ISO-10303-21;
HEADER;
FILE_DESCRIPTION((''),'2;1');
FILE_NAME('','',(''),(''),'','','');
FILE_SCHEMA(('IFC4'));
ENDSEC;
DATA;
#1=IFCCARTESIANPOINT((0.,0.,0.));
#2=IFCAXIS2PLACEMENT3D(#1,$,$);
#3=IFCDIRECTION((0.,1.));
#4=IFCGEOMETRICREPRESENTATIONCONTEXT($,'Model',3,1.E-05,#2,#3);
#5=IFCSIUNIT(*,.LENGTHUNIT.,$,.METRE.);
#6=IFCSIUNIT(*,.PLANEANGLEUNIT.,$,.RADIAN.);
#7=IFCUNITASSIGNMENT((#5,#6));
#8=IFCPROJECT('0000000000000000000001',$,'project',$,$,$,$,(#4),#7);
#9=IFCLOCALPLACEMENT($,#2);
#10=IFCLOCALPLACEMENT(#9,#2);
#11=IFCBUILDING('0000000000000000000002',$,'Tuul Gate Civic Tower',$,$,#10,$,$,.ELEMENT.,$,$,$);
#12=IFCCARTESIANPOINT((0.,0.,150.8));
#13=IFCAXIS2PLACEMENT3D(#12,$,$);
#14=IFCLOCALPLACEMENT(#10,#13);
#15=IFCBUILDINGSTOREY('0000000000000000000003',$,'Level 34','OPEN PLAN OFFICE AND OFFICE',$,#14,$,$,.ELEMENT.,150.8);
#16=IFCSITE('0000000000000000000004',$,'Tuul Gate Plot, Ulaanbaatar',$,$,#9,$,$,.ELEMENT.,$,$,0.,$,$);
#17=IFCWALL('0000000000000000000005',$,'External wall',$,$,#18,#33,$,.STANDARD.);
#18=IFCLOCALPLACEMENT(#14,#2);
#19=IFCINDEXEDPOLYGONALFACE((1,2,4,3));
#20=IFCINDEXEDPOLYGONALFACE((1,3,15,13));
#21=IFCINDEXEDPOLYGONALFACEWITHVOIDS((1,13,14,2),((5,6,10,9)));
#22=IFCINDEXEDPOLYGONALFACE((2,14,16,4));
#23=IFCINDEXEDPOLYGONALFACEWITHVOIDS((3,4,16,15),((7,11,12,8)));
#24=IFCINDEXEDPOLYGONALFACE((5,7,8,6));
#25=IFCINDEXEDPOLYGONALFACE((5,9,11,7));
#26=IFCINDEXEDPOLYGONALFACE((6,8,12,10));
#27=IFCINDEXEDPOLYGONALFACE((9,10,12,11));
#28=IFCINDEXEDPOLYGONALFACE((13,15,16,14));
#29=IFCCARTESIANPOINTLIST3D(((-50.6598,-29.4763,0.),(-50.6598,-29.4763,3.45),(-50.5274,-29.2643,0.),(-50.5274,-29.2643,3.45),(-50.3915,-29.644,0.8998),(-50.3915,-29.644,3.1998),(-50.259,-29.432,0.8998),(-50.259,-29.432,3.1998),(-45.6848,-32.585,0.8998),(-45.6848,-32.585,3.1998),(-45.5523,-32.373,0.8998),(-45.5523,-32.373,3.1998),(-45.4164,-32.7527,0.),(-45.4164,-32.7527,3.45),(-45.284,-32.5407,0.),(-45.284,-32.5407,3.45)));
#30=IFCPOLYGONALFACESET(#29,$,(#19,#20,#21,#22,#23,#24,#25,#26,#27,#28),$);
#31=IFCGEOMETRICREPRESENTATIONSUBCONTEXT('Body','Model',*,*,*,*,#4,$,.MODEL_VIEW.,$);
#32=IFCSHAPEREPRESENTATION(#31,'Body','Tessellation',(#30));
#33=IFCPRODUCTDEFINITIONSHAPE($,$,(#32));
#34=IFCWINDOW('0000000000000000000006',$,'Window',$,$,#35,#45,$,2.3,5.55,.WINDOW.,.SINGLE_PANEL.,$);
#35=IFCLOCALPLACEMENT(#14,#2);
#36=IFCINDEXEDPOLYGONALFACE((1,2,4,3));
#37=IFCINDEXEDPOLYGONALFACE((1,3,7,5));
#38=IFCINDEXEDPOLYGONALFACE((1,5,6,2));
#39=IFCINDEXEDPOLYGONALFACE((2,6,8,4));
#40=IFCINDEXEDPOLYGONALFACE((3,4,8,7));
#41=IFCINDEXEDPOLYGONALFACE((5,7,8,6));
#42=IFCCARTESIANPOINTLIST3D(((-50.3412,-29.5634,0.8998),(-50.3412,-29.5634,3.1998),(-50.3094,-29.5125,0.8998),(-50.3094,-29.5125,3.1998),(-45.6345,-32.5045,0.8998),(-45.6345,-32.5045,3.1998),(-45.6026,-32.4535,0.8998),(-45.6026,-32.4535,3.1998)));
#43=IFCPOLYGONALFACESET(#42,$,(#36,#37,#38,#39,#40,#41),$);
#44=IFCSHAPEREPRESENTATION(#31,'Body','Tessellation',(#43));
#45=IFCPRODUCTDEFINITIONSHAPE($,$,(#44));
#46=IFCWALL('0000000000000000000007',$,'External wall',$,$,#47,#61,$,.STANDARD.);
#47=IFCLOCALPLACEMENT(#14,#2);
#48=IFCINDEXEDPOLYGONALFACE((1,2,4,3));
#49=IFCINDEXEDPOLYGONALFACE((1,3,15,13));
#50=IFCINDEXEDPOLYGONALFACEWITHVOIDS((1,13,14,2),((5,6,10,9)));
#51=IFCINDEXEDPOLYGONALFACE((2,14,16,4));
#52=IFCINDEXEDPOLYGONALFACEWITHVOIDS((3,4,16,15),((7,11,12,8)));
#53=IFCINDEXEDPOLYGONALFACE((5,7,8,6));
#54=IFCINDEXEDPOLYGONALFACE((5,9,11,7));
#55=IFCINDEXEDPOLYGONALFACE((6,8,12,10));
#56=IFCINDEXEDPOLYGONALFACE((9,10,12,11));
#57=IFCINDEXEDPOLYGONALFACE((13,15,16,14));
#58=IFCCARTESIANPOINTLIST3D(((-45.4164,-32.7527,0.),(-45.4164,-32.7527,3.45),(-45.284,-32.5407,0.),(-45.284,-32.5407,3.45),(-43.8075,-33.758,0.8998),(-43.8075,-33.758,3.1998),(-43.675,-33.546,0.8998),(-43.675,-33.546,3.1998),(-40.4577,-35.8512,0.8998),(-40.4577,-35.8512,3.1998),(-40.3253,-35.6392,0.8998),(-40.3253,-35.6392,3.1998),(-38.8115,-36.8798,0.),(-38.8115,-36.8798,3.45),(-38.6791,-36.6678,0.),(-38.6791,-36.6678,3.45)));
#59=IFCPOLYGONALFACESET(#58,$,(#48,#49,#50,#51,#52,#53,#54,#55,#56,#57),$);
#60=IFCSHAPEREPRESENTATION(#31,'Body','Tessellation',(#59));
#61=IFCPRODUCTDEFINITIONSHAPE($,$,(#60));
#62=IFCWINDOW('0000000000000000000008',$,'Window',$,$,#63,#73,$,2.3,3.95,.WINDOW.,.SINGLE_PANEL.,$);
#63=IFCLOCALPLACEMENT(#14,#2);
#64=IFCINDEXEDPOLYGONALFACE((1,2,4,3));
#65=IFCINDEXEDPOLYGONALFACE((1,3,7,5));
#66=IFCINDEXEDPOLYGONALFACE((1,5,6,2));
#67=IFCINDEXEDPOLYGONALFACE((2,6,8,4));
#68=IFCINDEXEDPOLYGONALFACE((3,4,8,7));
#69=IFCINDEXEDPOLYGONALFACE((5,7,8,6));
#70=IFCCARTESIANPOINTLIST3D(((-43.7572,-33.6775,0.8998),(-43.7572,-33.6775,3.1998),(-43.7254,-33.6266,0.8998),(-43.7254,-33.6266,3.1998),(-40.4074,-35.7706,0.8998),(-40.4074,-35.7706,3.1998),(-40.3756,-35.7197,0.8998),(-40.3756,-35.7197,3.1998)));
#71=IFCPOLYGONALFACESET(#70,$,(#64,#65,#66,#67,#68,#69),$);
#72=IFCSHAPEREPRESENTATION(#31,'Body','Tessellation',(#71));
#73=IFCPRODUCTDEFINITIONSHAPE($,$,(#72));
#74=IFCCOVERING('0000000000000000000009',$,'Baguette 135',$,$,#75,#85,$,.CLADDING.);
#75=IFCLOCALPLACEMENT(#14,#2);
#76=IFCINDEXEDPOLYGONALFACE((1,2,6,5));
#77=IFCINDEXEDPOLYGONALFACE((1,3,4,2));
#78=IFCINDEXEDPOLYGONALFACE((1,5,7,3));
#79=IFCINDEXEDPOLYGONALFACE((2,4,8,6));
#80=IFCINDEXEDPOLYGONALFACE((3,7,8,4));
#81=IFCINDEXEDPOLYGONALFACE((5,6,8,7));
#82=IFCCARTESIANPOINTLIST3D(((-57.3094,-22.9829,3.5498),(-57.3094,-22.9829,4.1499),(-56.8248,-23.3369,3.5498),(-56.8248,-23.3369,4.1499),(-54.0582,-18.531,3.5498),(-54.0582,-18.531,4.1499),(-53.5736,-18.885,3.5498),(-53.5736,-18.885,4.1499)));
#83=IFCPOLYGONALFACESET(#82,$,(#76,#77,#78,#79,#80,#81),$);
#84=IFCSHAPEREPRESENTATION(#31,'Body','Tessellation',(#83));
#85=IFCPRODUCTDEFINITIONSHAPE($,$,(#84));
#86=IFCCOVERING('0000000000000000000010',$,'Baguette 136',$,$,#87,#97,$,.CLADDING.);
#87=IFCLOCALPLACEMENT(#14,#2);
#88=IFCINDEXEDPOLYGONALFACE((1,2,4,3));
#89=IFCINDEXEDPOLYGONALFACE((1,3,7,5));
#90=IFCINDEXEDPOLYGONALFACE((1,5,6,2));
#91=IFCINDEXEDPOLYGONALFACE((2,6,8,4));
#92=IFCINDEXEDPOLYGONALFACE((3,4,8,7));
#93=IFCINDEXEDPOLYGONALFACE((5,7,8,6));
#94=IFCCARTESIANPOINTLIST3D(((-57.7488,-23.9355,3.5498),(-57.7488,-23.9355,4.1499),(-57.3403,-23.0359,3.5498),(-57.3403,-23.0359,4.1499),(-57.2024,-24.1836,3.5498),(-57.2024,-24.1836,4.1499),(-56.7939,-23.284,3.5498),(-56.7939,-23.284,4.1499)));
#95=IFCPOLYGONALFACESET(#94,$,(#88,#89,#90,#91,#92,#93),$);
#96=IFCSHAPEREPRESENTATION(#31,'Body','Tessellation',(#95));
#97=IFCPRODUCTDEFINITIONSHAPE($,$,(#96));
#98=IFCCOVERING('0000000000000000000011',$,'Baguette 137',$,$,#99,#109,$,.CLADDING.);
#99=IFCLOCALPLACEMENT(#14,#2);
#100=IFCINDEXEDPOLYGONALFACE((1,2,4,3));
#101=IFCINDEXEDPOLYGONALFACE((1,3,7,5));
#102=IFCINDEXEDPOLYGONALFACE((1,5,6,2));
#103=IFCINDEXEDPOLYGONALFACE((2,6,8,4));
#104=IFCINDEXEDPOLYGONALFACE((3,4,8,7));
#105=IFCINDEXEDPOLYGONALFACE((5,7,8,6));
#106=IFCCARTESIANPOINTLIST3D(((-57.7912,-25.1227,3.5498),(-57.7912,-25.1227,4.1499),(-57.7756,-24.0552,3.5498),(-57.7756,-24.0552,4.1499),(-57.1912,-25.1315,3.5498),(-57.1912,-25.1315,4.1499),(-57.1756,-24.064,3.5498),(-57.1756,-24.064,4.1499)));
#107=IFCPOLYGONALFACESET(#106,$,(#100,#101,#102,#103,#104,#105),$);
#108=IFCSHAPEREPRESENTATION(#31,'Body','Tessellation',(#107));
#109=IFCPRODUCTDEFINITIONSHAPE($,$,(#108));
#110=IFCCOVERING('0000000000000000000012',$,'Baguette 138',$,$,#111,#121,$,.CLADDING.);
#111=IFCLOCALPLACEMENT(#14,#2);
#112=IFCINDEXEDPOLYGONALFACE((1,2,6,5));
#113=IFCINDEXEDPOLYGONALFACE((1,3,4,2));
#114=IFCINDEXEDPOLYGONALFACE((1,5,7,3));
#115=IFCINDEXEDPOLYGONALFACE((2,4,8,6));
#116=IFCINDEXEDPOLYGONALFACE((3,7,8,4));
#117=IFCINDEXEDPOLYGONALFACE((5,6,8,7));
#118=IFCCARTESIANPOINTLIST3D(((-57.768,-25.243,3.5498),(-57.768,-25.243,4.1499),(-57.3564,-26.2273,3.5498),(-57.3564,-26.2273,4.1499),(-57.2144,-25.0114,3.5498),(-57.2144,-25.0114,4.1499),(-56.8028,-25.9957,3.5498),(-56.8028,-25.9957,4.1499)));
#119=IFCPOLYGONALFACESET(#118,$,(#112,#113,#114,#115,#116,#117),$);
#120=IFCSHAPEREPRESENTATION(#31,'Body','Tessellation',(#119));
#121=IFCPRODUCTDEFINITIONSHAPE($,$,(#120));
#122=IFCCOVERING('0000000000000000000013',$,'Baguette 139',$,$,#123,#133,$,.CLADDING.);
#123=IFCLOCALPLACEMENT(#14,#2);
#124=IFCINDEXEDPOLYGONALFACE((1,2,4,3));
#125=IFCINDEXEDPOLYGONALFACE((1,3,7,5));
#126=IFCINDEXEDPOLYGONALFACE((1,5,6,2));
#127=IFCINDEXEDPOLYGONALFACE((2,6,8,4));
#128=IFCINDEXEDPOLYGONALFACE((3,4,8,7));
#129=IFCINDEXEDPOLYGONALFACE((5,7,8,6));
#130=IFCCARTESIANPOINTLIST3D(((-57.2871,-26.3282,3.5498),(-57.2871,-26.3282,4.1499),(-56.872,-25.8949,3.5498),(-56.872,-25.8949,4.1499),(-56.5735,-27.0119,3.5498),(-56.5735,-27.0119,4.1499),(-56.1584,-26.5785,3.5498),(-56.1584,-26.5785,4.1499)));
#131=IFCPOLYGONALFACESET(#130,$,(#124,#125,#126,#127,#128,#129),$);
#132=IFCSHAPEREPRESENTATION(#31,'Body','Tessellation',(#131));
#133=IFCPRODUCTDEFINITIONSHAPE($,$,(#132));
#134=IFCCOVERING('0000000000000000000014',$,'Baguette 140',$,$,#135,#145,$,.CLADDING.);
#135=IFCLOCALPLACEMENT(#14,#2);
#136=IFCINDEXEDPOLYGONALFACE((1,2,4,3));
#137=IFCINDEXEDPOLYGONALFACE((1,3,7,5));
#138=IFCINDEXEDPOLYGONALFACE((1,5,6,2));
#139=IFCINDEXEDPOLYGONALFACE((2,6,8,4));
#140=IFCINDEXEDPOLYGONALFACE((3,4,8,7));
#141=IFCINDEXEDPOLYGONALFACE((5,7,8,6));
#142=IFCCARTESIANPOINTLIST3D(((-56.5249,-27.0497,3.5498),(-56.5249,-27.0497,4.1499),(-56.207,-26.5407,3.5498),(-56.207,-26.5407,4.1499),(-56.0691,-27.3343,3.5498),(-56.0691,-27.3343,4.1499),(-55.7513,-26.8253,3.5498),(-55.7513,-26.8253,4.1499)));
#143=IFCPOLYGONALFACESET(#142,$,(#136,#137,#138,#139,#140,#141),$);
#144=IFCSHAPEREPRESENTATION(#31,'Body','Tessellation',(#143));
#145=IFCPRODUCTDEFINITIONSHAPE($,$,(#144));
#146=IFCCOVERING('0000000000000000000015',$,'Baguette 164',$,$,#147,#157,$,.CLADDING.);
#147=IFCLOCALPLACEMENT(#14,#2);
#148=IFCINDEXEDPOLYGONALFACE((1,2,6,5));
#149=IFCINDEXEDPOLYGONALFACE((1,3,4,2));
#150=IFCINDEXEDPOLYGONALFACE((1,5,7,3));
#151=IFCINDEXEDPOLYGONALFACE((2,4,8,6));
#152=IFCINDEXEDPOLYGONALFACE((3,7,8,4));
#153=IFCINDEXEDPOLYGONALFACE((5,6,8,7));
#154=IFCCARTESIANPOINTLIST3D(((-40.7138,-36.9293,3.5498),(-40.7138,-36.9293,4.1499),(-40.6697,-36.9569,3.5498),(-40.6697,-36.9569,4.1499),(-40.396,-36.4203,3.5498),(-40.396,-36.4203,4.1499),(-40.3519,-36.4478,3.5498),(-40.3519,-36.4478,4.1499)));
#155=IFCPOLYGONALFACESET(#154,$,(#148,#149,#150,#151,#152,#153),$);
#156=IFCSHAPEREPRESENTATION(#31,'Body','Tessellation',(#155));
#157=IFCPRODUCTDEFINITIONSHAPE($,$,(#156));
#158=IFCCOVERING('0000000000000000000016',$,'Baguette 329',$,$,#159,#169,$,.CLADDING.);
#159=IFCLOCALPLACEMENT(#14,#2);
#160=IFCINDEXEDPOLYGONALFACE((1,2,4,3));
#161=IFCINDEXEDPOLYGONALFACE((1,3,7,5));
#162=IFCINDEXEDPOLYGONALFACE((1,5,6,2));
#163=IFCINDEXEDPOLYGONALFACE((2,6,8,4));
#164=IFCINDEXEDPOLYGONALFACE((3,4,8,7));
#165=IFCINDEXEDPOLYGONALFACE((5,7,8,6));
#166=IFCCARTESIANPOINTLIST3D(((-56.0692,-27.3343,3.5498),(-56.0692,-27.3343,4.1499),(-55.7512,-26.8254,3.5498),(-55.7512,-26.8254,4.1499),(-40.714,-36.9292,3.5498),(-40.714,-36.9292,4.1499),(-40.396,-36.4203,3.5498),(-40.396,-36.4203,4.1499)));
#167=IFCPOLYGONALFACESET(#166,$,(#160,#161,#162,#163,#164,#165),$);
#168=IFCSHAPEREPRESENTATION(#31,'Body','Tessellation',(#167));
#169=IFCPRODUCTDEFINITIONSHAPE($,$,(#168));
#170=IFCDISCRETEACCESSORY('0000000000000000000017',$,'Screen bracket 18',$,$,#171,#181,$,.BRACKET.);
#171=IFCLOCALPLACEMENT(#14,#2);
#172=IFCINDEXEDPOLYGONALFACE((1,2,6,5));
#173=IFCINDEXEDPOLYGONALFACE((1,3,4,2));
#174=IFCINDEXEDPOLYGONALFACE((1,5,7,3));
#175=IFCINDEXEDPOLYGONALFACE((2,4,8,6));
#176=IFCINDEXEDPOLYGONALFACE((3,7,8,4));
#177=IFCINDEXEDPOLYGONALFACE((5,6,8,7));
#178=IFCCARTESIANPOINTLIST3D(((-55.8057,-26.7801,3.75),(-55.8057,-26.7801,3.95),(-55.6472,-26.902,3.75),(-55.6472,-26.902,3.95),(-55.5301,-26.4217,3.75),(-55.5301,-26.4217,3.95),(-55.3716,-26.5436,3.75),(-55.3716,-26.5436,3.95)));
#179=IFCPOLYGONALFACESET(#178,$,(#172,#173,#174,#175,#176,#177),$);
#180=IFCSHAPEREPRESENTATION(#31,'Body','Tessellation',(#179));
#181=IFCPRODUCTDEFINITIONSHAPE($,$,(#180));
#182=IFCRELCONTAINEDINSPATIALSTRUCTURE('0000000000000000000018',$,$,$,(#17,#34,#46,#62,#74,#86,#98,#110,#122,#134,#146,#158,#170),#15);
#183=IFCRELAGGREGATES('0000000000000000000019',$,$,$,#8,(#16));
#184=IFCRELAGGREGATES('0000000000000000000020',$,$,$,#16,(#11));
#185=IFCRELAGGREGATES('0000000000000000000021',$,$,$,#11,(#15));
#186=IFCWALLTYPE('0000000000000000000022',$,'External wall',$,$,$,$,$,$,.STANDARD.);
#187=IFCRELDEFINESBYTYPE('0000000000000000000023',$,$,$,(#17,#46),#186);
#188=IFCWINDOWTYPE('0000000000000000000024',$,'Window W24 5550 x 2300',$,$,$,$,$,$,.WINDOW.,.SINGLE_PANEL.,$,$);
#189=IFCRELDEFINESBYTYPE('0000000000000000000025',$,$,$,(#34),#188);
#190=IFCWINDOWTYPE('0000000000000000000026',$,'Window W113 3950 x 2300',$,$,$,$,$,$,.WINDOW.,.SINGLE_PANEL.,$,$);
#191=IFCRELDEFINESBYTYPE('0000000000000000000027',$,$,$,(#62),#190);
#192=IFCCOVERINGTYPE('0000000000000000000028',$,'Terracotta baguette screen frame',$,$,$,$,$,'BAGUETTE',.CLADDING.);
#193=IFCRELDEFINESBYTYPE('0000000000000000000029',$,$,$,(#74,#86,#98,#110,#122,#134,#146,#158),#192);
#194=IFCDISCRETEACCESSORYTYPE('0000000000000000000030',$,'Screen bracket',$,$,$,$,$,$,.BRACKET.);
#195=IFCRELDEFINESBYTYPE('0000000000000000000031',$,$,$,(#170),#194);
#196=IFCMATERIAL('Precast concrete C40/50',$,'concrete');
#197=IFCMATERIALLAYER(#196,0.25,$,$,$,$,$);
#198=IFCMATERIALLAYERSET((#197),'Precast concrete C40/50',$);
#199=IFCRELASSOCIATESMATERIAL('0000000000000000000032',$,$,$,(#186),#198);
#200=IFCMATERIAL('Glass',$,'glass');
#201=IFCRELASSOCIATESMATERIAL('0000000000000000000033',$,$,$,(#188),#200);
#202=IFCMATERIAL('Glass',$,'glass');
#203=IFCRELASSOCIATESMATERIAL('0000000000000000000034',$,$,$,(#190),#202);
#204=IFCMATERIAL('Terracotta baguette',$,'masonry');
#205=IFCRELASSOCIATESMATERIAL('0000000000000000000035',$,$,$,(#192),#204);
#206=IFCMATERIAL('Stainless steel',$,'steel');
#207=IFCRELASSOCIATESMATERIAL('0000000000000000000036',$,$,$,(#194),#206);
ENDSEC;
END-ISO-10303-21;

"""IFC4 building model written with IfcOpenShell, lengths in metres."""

from ifc_helpers import new_model, si_unit, direction, frame, frame_2d, origin, origin_2d, place, context, subcontext, project, spatial, rectangle, extrude, material, layer, layer_set, material_profile, profile_set, type_object, element, fill, save


model = new_model("IFC4")

# Units and contexts
model_context = context("Model", 3, precision=1e-05, world=origin(), true_north=direction((0.0, 1.0)))
body_context = subcontext(model_context, "Body", "Model", "MODEL_VIEW")
ifc_project = project(units=[si_unit("LENGTHUNIT", "METRE"), si_unit("PLANEANGLEUNIT", "RADIAN")], contexts=[model_context])

# Site, building, storey
site_placement = place(None, origin())
site = spatial("IfcSite", under=ifc_project, at=site_placement, Name="Tuul Gate Plot, Ulaanbaatar", CompositionType="ELEMENT", RefElevation=0.0)
building_placement = place(site_placement, origin())
building = spatial("IfcBuilding", under=site, at=building_placement, Name="Tuul Gate Civic Tower", CompositionType="ELEMENT")
storey_placement = place(building_placement, frame((0.0, 0.0, 150.8)))
storey = spatial("IfcBuildingStorey", under=building, at=storey_placement, Name="Level 34", Description="OPEN PLAN OFFICE AND OFFICE", CompositionType="ELEMENT", Elevation=150.8)

# Shared definitions
ifc_material_1 = material(Name="Precast concrete C40/50", Category="concrete")
ifc_layer = layer(ifc_material_1, 0.25)
ifc_layer_set = layer_set([ifc_layer], Name="Precast concrete C40/50")
wall_type = type_object("IfcWallType", Name="External wall", PredefinedType="STANDARD", material=ifc_layer_set)

# Walls, openings, windows
ifc_material_2 = material(Name="Glass", Category="glass")
window_type_1 = type_object("IfcWindowType", Name="Window W24 5550 x 2300", PartitioningType="SINGLE_PANEL", PredefinedType="WINDOW", material=ifc_material_2)
wall_1_placement = place(storey_placement, frame((-50.5935, -29.3704, 0.0), z_axis=(0.0, 0.0, 1.0), x_axis=(0.848054, -0.52991, 0.0)))
wall_1 = element("IfcWall", 1, at=wall_1_placement, inside=storey, type_object=wall_type, Name="External wall", PredefinedType="STANDARD", context=body_context, shape_type="SweptSolid", body=[
    extrude(rectangle(XDim=6.1829, YDim=0.25, at=frame_2d((3.0913, 0.0))), origin(), (0.0, 0.0, 1.0), 3.45),
])
opening_1_placement = place(wall_1_placement, frame((0.3164, 0.0, 0.8999)))
opening_1 = element("IfcOpeningElement", 2, at=opening_1_placement, cuts=wall_1, PredefinedType="OPENING", context=body_context, shape_type="SweptSolid", body=[
    extrude(rectangle(XDim=5.55, YDim=2.3, at=frame_2d((2.7749, 1.1499))), frame((0.0, 0.135, 0.0), z_axis=(0.0, -1.0, 0.0), x_axis=(1.0, 0.0, 0.0)), (0.0, 0.0, 1.0), 0.27),
])
window_1_placement = place(opening_1_placement, origin())
window_1 = element("IfcWindow", 3, at=window_1_placement, inside=storey, type_object=window_type_1, Name="Window", OverallHeight=2.3, OverallWidth=5.55, PartitioningType="SINGLE_PANEL", PredefinedType="WINDOW", context=body_context, shape_type="SweptSolid", body=[
    extrude(rectangle(XDim=5.55, YDim=2.3, at=frame_2d((2.7749, 1.1499))), frame((0.0, 0.03, 0.0), z_axis=(0.0, -1.0, 0.0), x_axis=(1.0, 0.0, 0.0)), (0.0, 0.0, 1.0), 0.0601),
])
fill(opening_1, window_1)
wall_2_placement = place(storey_placement, frame((-45.3501, -32.6467, 0.0), z_axis=(0.0, 0.0, 1.0), x_axis=(0.848051, -0.529914, 0.0)))
wall_2 = element("IfcWall", 4, at=wall_2_placement, inside=storey, type_object=wall_type, Name="External wall", PredefinedType="STANDARD", context=body_context, shape_type="SweptSolid", body=[
    extrude(rectangle(XDim=7.7883, YDim=0.25, at=frame_2d((3.894, 0.0))), origin(), (0.0, 0.0, 1.0), 3.45),
])
opening_2_placement = place(wall_2_placement, frame((1.897, 0.0, 0.8999)))
opening_2 = element("IfcOpeningElement", 5, at=opening_2_placement, cuts=wall_2, PredefinedType="OPENING", context=body_context, shape_type="SweptSolid", body=[
    extrude(rectangle(XDim=3.95, YDim=2.3, at=frame_2d((1.9751, 1.1499))), frame((0.0, 0.135, 0.0), z_axis=(0.0, -1.0, 0.0), x_axis=(1.0, 0.0, 0.0)), (0.0, 0.0, 1.0), 0.27),
])
ifc_material_3 = material(Name="Glass", Category="glass")
window_type_2 = type_object("IfcWindowType", Name="Window W113 3950 x 2300", PartitioningType="SINGLE_PANEL", PredefinedType="WINDOW", material=ifc_material_3)
window_2_placement = place(opening_2_placement, origin())
window_2 = element("IfcWindow", 6, at=window_2_placement, inside=storey, type_object=window_type_2, Name="Window", OverallHeight=2.3, OverallWidth=3.95, PartitioningType="SINGLE_PANEL", PredefinedType="WINDOW", context=body_context, shape_type="SweptSolid", body=[
    extrude(rectangle(XDim=3.95, YDim=2.3, at=frame_2d((1.9751, 1.1499))), frame((0.0, 0.03, 0.0), z_axis=(0.0, -1.0, 0.0), x_axis=(1.0, 0.0, 0.0)), (0.0, 0.0, 1.0), 0.0601),
])
fill(opening_2, window_2)

# Coverings
ifc_material_4 = material(Name="Terracotta baguette", Category="masonry")
ifc_material_profile_1 = material_profile(ifc_material_4, rectangle(XDim=0.6001, YDim=0.6001, at=origin_2d()), Name="Terracotta baguette screen frame")
ifc_profile_set_1 = profile_set([ifc_material_profile_1], Name="Terracotta baguette")
covering_type = type_object("IfcCoveringType", Name="Terracotta baguette screen frame", ElementType="BAGUETTE", PredefinedType="CLADDING", material=ifc_profile_set_1)
covering_1_placement = place(storey_placement, frame((-53.8159, -18.708, 3.8499), z_axis=(-0.589769, -0.807572, 0.0), x_axis=(0.807572, -0.589769, 0.0)))
element("IfcCovering", 7, at=covering_1_placement, inside=storey, type_object=covering_type, Name="Baguette 135", PredefinedType="CLADDING", context=body_context, shape_type="SweptSolid", body=[
    extrude(rectangle(XDim=0.6001, YDim=0.6001, at=origin_2d()), origin(), (0.0, 0.0, 1.0), 5.5127),
])
covering_2_placement = place(storey_placement, frame((-57.0671, -23.1599, 3.8499), z_axis=(-0.413393, -0.910553, 0.0), x_axis=(0.910553, -0.413393, 0.0)))
element("IfcCovering", 8, at=covering_2_placement, inside=storey, type_object=covering_type, Name="Baguette 136", PredefinedType="CLADDING", context=body_context, shape_type="SweptSolid", body=[
    extrude(rectangle(XDim=0.6001, YDim=0.6001, at=origin_2d()), origin(), (0.0, 0.0, 1.0), 0.988),
])
covering_3_placement = place(storey_placement, frame((-57.4756, -24.0596, 3.8499), z_axis=(-0.014634, -0.999893, 0.0), x_axis=(0.999893, -0.014634, 0.0)))
element("IfcCovering", 9, at=covering_3_placement, inside=storey, type_object=covering_type, Name="Baguette 137", PredefinedType="CLADDING", context=body_context, shape_type="SweptSolid", body=[
    extrude(rectangle(XDim=0.6001, YDim=0.6001, at=origin_2d()), origin(), (0.0, 0.0, 1.0), 1.0676),
])
covering_4_placement = place(storey_placement, frame((-57.4912, -25.1272, 3.8499), z_axis=(0.385785, -0.922589, 0.0), x_axis=(0.922589, 0.385785, 0.0)))
element("IfcCovering", 10, at=covering_4_placement, inside=storey, type_object=covering_type, Name="Baguette 138", PredefinedType="CLADDING", context=body_context, shape_type="SweptSolid", body=[
    extrude(rectangle(XDim=0.6001, YDim=0.6001, at=origin_2d()), origin(), (0.0, 0.0, 1.0), 1.0669),
])
covering_5_placement = place(storey_placement, frame((-57.0796, -26.1116, 3.8499), z_axis=(0.722137, -0.69175, 0.0), x_axis=(0.69175, 0.722137, 0.0)))
element("IfcCovering", 11, at=covering_5_placement, inside=storey, type_object=covering_type, Name="Baguette 139", PredefinedType="CLADDING", context=body_context, shape_type="SweptSolid", body=[
    extrude(rectangle(XDim=0.6001, YDim=0.6001, at=origin_2d()), origin(), (0.0, 0.0, 1.0), 0.9883),
])
covering_6_placement = place(storey_placement, frame((-56.366, -26.7952, 3.8499), z_axis=(0.848177, -0.529713, 0.0), x_axis=(0.529713, 0.848177, 0.0)))
element("IfcCovering", 12, at=covering_6_placement, inside=storey, type_object=covering_type, Name="Baguette 140", PredefinedType="CLADDING", context=body_context, shape_type="SweptSolid", body=[
    extrude(rectangle(XDim=0.6001, YDim=0.6001, at=origin_2d()), origin(), (0.0, 0.0, 1.0), 0.5374),
])
covering_7_placement = place(storey_placement, frame((-40.5549, -36.6748, 3.8499), z_axis=(0.848261, -0.529578, 0.0), x_axis=(0.529578, 0.848261, 0.0)))
element("IfcCovering", 13, at=covering_7_placement, inside=storey, type_object=covering_type, Name="Baguette 164", PredefinedType="CLADDING", context=body_context, shape_type="SweptSolid", body=[
    extrude(rectangle(XDim=0.6001, YDim=0.6001, at=origin_2d()), origin(), (0.0, 0.0, 1.0), 0.052),
])
covering_8_placement = place(storey_placement, frame((-55.9102, -27.0798, 3.8499), z_axis=(0.848049, -0.529918, 0.0), x_axis=(0.529918, 0.848049, 0.0)))
element("IfcCovering", 14, at=covering_8_placement, inside=storey, type_object=covering_type, Name="Baguette 329", PredefinedType="CLADDING", context=body_context, shape_type="SweptSolid", body=[
    extrude(rectangle(XDim=0.6001, YDim=0.6001, at=origin_2d()), origin(), (0.0, 0.0, 1.0), 18.1064),
])

# Discrete accessory
ifc_material_5 = material(Name="Stainless steel", Category="steel")
discrete_accessory_type = type_object("IfcDiscreteAccessoryType", Name="Screen bracket", PredefinedType="BRACKET", material=ifc_material_5)
discrete_accessory_placement = place(storey_placement, frame((-55.5886, -26.6619, 3.75), z_axis=(0.0, 0.0, 1.0), x_axis=(-0.609608, -0.792703, 0.0)))
element("IfcDiscreteAccessory", 15, at=discrete_accessory_placement, inside=storey, type_object=discrete_accessory_type, Name="Screen bracket 18", PredefinedType="BRACKET", context=body_context, shape_type="SweptSolid", body=[
    extrude(rectangle(XDim=0.4521, YDim=0.2, at=origin_2d()), origin(), (0.0, 0.0, 1.0), 0.2),
])

save(model, "model.ifc")
